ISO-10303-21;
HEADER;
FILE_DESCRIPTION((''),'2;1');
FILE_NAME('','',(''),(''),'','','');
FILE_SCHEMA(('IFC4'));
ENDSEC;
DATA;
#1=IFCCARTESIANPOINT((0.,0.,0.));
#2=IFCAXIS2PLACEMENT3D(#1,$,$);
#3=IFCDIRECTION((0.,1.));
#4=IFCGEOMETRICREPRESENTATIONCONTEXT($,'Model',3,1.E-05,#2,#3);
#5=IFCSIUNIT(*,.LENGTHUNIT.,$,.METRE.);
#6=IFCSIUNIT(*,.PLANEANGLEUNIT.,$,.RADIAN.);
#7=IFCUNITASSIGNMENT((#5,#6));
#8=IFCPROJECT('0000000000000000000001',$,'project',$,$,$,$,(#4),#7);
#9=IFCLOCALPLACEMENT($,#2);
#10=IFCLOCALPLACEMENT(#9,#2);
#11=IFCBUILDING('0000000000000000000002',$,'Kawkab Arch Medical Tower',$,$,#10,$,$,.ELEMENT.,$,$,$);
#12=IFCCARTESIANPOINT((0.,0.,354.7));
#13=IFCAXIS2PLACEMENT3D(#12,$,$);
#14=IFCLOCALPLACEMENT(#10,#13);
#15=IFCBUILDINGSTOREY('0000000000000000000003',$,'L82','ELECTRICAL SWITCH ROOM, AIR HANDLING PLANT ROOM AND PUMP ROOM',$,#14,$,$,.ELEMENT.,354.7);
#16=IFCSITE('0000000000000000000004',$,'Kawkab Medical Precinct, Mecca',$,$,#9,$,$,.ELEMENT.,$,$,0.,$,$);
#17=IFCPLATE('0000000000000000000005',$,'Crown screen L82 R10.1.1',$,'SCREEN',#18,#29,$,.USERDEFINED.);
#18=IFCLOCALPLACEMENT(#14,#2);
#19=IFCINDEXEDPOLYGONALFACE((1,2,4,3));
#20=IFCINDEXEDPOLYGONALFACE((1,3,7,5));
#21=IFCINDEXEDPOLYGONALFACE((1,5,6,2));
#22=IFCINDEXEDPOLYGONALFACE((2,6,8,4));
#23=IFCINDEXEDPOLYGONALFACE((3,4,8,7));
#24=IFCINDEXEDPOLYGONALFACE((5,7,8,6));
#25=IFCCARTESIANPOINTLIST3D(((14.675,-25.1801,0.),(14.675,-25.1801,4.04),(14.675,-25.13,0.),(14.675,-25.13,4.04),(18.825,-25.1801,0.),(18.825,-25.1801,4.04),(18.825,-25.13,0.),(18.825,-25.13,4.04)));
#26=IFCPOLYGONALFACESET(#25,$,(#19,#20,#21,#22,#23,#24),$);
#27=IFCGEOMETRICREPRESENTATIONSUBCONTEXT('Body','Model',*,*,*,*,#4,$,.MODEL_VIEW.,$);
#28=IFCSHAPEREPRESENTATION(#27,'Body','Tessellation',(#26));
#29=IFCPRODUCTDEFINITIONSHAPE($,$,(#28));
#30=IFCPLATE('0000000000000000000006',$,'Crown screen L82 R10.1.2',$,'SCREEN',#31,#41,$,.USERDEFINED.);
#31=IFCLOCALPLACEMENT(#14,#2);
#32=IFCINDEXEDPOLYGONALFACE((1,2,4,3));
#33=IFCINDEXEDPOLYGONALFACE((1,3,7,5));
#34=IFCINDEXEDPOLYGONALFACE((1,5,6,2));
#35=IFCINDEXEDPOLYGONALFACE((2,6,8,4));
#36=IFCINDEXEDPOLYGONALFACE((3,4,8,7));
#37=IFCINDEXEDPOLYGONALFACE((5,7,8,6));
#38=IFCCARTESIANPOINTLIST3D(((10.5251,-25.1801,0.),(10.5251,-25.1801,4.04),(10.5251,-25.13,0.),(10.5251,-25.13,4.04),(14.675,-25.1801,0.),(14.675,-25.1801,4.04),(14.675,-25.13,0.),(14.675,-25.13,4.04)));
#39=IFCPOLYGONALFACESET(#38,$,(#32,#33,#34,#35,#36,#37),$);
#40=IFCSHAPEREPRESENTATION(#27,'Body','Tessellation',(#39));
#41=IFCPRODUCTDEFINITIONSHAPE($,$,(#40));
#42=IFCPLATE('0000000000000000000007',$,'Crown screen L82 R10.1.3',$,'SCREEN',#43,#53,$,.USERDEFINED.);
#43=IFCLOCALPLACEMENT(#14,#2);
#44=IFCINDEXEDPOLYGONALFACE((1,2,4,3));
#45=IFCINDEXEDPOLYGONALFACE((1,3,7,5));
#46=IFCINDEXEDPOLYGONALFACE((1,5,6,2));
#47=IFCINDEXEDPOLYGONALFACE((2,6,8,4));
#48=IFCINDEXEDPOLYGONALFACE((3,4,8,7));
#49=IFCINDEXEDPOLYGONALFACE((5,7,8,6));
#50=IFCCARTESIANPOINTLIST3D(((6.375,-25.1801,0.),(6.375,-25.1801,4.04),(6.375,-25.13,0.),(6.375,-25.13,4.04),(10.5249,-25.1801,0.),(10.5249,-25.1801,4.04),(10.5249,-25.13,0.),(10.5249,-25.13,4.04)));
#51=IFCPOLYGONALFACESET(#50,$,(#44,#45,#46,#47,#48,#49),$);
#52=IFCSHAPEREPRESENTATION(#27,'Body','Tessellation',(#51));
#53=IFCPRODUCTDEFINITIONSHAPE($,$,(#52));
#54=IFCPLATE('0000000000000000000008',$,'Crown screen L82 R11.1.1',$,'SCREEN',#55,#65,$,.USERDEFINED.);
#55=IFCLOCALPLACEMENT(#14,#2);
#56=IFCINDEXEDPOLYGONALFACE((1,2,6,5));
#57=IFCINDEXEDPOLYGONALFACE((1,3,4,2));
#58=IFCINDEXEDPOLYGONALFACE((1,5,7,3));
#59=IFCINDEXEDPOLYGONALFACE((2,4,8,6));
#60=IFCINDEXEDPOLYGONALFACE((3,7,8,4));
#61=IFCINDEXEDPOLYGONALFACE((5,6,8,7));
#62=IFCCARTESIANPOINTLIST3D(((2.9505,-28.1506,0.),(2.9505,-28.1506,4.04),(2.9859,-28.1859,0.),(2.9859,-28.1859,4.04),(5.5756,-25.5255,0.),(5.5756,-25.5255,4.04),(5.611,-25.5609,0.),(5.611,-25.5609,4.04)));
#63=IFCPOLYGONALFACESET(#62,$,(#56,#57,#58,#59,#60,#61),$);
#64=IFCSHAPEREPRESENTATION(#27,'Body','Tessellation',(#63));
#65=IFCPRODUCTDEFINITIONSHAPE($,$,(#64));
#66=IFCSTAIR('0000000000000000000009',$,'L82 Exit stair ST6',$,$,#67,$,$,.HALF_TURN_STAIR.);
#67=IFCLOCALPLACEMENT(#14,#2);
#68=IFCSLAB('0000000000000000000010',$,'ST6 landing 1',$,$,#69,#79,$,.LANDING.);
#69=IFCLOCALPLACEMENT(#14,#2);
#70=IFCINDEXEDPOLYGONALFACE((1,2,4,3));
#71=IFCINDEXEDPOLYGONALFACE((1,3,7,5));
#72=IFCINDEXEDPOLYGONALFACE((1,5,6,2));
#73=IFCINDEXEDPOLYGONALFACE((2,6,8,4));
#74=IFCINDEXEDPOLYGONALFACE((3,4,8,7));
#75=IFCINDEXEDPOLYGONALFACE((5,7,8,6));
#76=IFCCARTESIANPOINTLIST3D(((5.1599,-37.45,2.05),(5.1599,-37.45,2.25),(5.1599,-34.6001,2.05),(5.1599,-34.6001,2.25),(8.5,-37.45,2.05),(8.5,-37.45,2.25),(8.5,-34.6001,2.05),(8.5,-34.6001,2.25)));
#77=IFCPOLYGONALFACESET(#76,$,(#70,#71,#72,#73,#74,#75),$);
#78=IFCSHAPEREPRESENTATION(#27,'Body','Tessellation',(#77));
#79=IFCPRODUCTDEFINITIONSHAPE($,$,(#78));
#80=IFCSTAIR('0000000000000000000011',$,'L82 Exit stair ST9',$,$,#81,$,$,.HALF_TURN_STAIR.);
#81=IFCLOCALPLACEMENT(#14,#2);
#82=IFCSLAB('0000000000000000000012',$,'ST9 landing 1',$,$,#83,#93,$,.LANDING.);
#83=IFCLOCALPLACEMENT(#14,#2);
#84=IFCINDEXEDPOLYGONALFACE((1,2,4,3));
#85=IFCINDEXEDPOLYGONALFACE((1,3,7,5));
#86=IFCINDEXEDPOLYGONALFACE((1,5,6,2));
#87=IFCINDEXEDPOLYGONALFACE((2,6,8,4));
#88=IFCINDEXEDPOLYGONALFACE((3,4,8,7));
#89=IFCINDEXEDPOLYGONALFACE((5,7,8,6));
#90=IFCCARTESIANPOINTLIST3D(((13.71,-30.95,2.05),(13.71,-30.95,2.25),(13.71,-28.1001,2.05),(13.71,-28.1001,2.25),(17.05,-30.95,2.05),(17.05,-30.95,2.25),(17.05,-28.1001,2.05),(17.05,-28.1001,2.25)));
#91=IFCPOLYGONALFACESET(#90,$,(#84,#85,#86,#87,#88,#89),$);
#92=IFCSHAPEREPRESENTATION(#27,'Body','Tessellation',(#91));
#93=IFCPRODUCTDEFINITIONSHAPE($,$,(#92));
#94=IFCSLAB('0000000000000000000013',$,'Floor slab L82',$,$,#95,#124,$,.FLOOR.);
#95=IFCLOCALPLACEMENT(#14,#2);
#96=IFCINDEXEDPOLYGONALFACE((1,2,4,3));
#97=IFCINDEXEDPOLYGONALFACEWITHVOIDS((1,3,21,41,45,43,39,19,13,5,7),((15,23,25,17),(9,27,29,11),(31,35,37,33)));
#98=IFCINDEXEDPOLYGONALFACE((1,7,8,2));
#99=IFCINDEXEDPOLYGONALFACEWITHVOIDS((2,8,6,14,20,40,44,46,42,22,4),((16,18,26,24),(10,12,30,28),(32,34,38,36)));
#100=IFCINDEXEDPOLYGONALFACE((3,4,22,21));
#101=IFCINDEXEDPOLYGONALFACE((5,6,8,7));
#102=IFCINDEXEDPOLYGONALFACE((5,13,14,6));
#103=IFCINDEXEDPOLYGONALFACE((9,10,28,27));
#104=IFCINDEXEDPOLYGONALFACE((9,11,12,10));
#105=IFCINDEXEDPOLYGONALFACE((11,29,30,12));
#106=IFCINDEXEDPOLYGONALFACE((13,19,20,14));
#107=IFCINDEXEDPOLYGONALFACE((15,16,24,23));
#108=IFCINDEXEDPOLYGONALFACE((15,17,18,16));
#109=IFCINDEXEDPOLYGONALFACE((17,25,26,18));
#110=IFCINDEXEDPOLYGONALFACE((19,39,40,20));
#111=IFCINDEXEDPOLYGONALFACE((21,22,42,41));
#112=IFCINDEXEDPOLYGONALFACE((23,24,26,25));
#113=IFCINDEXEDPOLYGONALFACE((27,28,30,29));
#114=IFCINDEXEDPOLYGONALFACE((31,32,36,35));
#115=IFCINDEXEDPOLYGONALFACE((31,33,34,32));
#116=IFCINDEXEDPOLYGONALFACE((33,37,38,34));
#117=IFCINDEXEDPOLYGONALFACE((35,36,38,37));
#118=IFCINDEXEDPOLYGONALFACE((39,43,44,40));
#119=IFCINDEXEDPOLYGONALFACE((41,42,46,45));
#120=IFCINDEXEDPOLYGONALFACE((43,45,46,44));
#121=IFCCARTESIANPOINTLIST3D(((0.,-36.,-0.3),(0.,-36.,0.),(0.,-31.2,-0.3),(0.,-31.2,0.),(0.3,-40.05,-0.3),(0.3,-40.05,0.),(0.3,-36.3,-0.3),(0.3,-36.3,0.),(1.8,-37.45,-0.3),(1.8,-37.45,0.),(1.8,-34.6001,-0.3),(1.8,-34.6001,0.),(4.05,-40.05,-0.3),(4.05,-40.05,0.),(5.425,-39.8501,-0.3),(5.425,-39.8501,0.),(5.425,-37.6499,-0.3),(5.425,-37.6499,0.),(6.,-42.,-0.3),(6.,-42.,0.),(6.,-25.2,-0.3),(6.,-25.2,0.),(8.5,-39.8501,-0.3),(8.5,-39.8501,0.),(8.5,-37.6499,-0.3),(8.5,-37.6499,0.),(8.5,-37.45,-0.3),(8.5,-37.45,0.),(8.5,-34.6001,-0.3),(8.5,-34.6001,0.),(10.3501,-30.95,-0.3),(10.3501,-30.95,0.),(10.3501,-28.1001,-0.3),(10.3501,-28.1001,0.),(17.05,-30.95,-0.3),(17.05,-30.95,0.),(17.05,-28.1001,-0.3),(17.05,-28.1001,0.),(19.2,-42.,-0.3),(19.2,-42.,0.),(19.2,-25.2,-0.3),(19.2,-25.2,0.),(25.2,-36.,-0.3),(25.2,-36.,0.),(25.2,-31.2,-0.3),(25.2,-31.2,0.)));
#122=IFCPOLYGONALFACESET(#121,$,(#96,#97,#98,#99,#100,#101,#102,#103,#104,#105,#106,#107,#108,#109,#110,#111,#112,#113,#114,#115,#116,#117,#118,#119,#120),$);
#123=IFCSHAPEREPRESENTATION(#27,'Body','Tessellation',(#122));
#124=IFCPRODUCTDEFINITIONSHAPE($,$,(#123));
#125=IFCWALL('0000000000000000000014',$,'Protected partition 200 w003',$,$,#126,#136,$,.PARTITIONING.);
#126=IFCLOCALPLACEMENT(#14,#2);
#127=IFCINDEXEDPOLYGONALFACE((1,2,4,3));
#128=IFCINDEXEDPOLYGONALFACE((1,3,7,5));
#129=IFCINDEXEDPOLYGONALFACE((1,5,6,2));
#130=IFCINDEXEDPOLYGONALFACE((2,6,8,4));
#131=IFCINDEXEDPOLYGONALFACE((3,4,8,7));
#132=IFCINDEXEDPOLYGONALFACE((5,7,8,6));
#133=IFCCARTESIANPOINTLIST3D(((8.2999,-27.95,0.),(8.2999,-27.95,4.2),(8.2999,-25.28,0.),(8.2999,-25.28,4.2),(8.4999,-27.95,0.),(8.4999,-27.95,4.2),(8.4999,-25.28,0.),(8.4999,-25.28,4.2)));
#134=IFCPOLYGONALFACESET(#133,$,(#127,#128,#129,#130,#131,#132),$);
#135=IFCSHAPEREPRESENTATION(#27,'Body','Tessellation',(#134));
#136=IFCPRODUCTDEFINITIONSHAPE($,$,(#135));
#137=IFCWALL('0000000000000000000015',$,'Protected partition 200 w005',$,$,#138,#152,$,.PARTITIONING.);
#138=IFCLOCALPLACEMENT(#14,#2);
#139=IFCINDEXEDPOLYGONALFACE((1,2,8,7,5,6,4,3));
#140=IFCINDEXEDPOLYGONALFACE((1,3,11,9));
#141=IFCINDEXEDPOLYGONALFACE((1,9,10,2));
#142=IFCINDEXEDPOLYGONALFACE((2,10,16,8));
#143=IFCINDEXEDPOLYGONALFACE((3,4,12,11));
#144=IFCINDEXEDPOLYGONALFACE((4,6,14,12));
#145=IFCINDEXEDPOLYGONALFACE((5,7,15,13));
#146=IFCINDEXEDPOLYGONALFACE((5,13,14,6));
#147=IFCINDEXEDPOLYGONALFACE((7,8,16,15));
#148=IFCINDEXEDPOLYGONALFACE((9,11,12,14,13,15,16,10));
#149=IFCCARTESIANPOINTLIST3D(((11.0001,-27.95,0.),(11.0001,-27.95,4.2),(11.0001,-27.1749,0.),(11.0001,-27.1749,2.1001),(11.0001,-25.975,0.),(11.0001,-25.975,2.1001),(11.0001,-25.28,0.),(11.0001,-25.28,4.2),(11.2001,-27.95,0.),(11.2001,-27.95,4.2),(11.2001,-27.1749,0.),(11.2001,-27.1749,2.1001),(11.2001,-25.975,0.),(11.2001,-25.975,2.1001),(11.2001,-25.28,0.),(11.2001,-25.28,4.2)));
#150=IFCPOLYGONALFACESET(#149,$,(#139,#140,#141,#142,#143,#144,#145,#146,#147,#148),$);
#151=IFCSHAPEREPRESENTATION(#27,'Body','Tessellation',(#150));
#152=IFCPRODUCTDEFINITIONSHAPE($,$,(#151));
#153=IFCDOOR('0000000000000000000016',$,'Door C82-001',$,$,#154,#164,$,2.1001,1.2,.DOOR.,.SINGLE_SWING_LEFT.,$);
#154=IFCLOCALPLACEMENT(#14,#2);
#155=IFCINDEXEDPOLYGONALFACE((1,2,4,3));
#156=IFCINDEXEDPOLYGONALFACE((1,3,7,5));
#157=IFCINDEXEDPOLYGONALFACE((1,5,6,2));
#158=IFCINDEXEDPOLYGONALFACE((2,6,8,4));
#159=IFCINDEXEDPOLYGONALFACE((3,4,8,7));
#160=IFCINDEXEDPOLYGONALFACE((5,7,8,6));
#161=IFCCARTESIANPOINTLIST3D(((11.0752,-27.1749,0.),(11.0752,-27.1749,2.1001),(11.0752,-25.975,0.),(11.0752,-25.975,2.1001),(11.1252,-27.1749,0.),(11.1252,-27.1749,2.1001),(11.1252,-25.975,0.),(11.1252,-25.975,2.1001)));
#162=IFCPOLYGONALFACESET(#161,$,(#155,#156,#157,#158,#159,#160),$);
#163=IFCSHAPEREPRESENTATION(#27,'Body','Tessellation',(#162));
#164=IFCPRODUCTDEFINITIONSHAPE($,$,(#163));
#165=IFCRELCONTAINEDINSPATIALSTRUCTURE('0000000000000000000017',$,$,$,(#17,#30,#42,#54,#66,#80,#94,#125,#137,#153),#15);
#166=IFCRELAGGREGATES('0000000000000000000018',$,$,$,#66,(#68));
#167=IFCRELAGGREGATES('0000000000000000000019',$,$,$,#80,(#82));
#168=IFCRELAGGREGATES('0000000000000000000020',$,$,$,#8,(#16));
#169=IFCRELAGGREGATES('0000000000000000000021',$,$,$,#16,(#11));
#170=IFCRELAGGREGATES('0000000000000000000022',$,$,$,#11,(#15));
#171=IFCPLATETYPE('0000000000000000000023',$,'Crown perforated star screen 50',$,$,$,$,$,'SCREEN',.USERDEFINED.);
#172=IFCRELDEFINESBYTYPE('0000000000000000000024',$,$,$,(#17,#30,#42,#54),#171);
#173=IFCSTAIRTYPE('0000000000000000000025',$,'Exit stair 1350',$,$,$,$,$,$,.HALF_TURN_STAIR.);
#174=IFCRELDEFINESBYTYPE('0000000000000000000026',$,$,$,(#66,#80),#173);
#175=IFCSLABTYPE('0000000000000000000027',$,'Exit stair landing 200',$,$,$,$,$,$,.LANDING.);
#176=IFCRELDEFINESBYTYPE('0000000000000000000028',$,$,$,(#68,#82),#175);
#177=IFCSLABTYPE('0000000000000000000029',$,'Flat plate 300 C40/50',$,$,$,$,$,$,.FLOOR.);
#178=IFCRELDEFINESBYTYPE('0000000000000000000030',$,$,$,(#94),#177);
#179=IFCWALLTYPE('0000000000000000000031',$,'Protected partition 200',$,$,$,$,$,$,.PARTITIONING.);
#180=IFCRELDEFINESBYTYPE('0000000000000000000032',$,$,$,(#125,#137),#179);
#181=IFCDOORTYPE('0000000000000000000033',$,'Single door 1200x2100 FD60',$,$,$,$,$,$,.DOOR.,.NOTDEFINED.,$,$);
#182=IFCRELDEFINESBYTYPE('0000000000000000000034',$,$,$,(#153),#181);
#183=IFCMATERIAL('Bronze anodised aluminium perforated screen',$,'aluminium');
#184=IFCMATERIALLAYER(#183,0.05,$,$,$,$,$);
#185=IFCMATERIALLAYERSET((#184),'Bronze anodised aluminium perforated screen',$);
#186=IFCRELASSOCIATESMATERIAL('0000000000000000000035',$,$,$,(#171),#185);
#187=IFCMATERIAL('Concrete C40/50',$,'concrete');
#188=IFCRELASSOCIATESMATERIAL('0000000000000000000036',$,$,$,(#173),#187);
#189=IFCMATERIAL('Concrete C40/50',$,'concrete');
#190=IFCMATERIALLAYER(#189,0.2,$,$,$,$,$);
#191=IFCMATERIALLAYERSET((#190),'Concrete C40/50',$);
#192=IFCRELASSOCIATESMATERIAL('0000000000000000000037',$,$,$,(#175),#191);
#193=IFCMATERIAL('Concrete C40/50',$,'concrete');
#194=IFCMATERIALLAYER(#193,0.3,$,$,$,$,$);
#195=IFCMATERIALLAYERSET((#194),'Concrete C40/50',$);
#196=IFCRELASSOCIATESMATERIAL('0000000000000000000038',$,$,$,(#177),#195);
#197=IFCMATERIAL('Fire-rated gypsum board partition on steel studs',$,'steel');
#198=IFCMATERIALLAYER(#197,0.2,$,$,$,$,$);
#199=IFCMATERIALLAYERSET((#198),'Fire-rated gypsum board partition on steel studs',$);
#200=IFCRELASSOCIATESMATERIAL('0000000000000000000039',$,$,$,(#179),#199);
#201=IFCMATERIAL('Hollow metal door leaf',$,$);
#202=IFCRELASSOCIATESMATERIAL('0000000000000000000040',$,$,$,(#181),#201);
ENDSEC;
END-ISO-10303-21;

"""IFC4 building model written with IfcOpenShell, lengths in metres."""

from ifc_helpers import new_model, si_unit, direction, frame, frame_2d, origin, origin_2d, place, context, subcontext, project, spatial, polyline, rectangle, outline, extrude, material, layer, layer_set, type_object, element, fill, aggregate, save


model = new_model("IFC4")

# Units and contexts
model_context = context("Model", 3, precision=1e-05, world=origin(), true_north=direction((0.0, 1.0)))
body_context = subcontext(model_context, "Body", "Model", "MODEL_VIEW")
ifc_project = project(units=[si_unit("LENGTHUNIT", "METRE"), si_unit("PLANEANGLEUNIT", "RADIAN")], contexts=[model_context])

# Site, building, storey
site_placement = place(None, origin())
site = spatial("IfcSite", under=ifc_project, at=site_placement, Name="Kawkab Medical Precinct, Mecca", CompositionType="ELEMENT", RefElevation=0.0)
building_placement = place(site_placement, origin())
building = spatial("IfcBuilding", under=site, at=building_placement, Name="Kawkab Arch Medical Tower", CompositionType="ELEMENT")
storey_placement = place(building_placement, frame((0.0, 0.0, 354.7)))
storey = spatial("IfcBuildingStorey", under=building, at=storey_placement, Name="L82", Description="ELECTRICAL SWITCH ROOM, AIR HANDLING PLANT ROOM AND PUMP ROOM", CompositionType="ELEMENT", Elevation=354.7)

# Shared definitions
placement_1 = place(storey_placement, origin())

# Plates
ifc_material_1 = material(Name="Bronze anodised aluminium perforated screen", Category="aluminium")
ifc_layer_1 = layer(ifc_material_1, 0.05)
ifc_layer_set_1 = layer_set([ifc_layer_1], Name="Bronze anodised aluminium perforated screen")
plate_type_1 = type_object("IfcPlateType", Name="Crown perforated star screen 50", ElementType="SCREEN", PredefinedType="USERDEFINED", material=ifc_layer_set_1)
for number, where, z_axis, x_axis, name in (
    (1, (16.75, -25.155, 0.0), (0.0, 0.0, 1.0), (-1.0, 0.0, 0.0), "Crown screen L82 R10.1.1"),
    (2, (12.6001, -25.155, 0.0), (0.0, 0.0, 1.0), (-1.0, 0.0, 0.0), "Crown screen L82 R10.1.2"),
    (3, (8.45, -25.155, 0.0), (0.0, 0.0, 1.0), (-1.0, 0.0, 0.0), "Crown screen L82 R10.1.3"),
):
    element("IfcPlate", number, at=place(storey_placement, frame(where, z_axis=z_axis, x_axis=x_axis)), inside=storey, type_object=plate_type_1, Name=name, ObjectType="SCREEN", PredefinedType="USERDEFINED", context=body_context, shape_type="SweptSolid", body=[
        extrude(rectangle(XDim=4.1499, YDim=0.05, at=origin_2d()), origin(), (0.0, 0.0, 1.0), 4.04),
    ])
plate_1_placement = place(storey_placement, frame((4.2808, -26.8557, 0.0), z_axis=(0.0, 0.0, 1.0), x_axis=(-0.707107, -0.707107, 0.0)))
element("IfcPlate", 4, at=plate_1_placement, inside=storey, type_object=plate_type_1, Name="Crown screen L82 R11.1.1", ObjectType="SCREEN", PredefinedType="USERDEFINED", context=body_context, shape_type="SweptSolid", body=[
    extrude(rectangle(XDim=3.7124, YDim=0.05, at=origin_2d()), origin(), (0.0, 0.0, 1.0), 4.04),
])

# Stairs, slabs
ifc_material_2 = material(Name="Concrete C40/50", Category="concrete")
stair_type = type_object("IfcStairType", Name="Exit stair 1350", PredefinedType="HALF_TURN_STAIR", material=ifc_material_2)
stair_1 = element("IfcStair", 5, at=placement_1, inside=storey, type_object=stair_type, Name="L82 Exit stair ST6", PredefinedType="HALF_TURN_STAIR")
ifc_material_3 = material(Name="Concrete C40/50", Category="concrete")
ifc_layer_2 = layer(ifc_material_3, 0.2)
ifc_layer_set_2 = layer_set([ifc_layer_2], Name="Concrete C40/50")
slab_type_1 = type_object("IfcSlabType", Name="Exit stair landing 200", PredefinedType="LANDING", material=ifc_layer_set_2)
placement_2 = place(storey_placement, frame((0.0, 0.0, 2.05)))
slab_1 = element("IfcSlab", 6, at=placement_2, type_object=slab_type_1, Name="ST6 landing 1", PredefinedType="LANDING", context=body_context, shape_type="SweptSolid", body=[
    extrude(outline(polyline([(5.1599, -37.45), (8.5, -37.45), (8.5, -34.6001), (5.1599, -34.6001), (5.1599, -37.45)])), origin(), (0.0, 0.0, 1.0), 0.2),
])
aggregate(stair_1, [slab_1])
stair_2 = element("IfcStair", 7, at=placement_1, inside=storey, type_object=stair_type, Name="L82 Exit stair ST9", PredefinedType="HALF_TURN_STAIR")
slab_2 = element("IfcSlab", 8, at=placement_2, type_object=slab_type_1, Name="ST9 landing 1", PredefinedType="LANDING", context=body_context, shape_type="SweptSolid", body=[
    extrude(outline(polyline([(13.71, -30.95), (17.05, -30.95), (17.05, -28.1001), (13.71, -28.1001), (13.71, -30.95)])), origin(), (0.0, 0.0, 1.0), 0.2),
])
aggregate(stair_2, [slab_2])

# Slab
ifc_material_4 = material(Name="Concrete C40/50", Category="concrete")
ifc_layer_3 = layer(ifc_material_4, 0.3)
ifc_layer_set_3 = layer_set([ifc_layer_3], Name="Concrete C40/50")
slab_type_2 = type_object("IfcSlabType", Name="Flat plate 300 C40/50", PredefinedType="FLOOR", material=ifc_layer_set_3)
slab_3_placement = place(storey_placement, frame((0.0, 0.0, -0.3)))
element("IfcSlab", 9, at=slab_3_placement, inside=storey, type_object=slab_type_2, Name="Floor slab L82", PredefinedType="FLOOR", context=body_context, shape_type="SweptSolid", body=[
    extrude(outline(polyline([(6.0, -25.2), (19.2, -25.2), (25.2, -31.2), (25.2, -36.0), (19.2, -42.0), (6.0, -42.0), (4.05, -40.05), (0.3, -40.05), (0.3, -36.3), (0.0, -36.0), (0.0, -31.2), (6.0, -25.2)]), holes=[polyline([(8.5, -37.6499), (5.425, -37.6499), (5.425, -39.8501), (8.5, -39.8501), (8.5, -37.6499)]), polyline([(1.8, -34.6001), (1.8, -37.45), (8.5, -37.45), (8.5, -34.6001), (1.8, -34.6001)]), polyline([(10.3501, -28.1001), (10.3501, -30.95), (17.05, -30.95), (17.05, -28.1001), (10.3501, -28.1001)])]), origin(), (0.0, 0.0, 1.0), 0.3),
])

# Wall
ifc_material_5 = material(Name="Fire-rated gypsum board partition on steel studs", Category="steel")
ifc_layer_4 = layer(ifc_material_5, 0.2)
ifc_layer_set_4 = layer_set([ifc_layer_4], Name="Fire-rated gypsum board partition on steel studs")
wall_type_1 = type_object("IfcWallType", Name="Protected partition 200", PredefinedType="PARTITIONING", material=ifc_layer_set_4)
wall_1_placement = place(storey_placement, frame((8.3999, -27.95, 0.0), z_axis=(0.0, 0.0, 1.0), x_axis=(0.0, 1.0, 0.0)))
element("IfcWall", 10, at=wall_1_placement, inside=storey, type_object=wall_type_1, Name="Protected partition 200 w003", PredefinedType="PARTITIONING", context=body_context, shape_type="SweptSolid", body=[
    extrude(rectangle(XDim=2.6699, YDim=0.2, at=frame_2d((1.335, 0.0))), origin(), (0.0, 0.0, 1.0), 4.2),
])

# Wall, opening, door
wall_2_placement = place(storey_placement, frame((11.1001, -27.95, 0.0), z_axis=(0.0, 0.0, 1.0), x_axis=(0.0, 1.0, 0.0)))
wall_2 = element("IfcWall", 11, at=wall_2_placement, inside=storey, type_object=wall_type_1, Name="Protected partition 200 w005", PredefinedType="PARTITIONING", context=body_context, shape_type="SweptSolid", body=[
    extrude(rectangle(XDim=2.6699, YDim=0.2, at=frame_2d((1.335, 0.0))), origin(), (0.0, 0.0, 1.0), 4.2),
])
opening_1_placement = place(wall_2_placement, frame((0.7749, 0.0, 0.0)))
opening_1 = element("IfcOpeningElement", 12, at=opening_1_placement, cuts=wall_2, PredefinedType="OPENING", context=body_context, shape_type="SweptSolid", body=[
    extrude(rectangle(XDim=1.2, YDim=2.1001, at=frame_2d((0.6001, 1.05))), frame((0.0, 0.1099, 0.0), z_axis=(0.0, -1.0, 0.0), x_axis=(1.0, 0.0, 0.0)), (0.0, 0.0, 1.0), 0.22),
])
ifc_material_6 = material(Name="Hollow metal door leaf")
door_type_1 = type_object("IfcDoorType", Name="Single door 1200x2100 FD60", OperationType="NOTDEFINED", PredefinedType="DOOR", material=ifc_material_6)
door_1_placement = place(opening_1_placement, origin())
door_1 = element("IfcDoor", 13, at=door_1_placement, inside=storey, type_object=door_type_1, Name="Door C82-001", OperationType="SINGLE_SWING_LEFT", OverallHeight=2.1001, OverallWidth=1.2, PredefinedType="DOOR", context=body_context, shape_type="SweptSolid", body=[
    extrude(rectangle(XDim=1.2, YDim=2.1001, at=frame_2d((0.6001, 1.05))), frame((0.0, 0.0249, 0.0), z_axis=(0.0, -1.0, 0.0), x_axis=(1.0, 0.0, 0.0)), (0.0, 0.0, 1.0), 0.05),
])
fill(opening_1, door_1)

save(model, "model.ifc")
